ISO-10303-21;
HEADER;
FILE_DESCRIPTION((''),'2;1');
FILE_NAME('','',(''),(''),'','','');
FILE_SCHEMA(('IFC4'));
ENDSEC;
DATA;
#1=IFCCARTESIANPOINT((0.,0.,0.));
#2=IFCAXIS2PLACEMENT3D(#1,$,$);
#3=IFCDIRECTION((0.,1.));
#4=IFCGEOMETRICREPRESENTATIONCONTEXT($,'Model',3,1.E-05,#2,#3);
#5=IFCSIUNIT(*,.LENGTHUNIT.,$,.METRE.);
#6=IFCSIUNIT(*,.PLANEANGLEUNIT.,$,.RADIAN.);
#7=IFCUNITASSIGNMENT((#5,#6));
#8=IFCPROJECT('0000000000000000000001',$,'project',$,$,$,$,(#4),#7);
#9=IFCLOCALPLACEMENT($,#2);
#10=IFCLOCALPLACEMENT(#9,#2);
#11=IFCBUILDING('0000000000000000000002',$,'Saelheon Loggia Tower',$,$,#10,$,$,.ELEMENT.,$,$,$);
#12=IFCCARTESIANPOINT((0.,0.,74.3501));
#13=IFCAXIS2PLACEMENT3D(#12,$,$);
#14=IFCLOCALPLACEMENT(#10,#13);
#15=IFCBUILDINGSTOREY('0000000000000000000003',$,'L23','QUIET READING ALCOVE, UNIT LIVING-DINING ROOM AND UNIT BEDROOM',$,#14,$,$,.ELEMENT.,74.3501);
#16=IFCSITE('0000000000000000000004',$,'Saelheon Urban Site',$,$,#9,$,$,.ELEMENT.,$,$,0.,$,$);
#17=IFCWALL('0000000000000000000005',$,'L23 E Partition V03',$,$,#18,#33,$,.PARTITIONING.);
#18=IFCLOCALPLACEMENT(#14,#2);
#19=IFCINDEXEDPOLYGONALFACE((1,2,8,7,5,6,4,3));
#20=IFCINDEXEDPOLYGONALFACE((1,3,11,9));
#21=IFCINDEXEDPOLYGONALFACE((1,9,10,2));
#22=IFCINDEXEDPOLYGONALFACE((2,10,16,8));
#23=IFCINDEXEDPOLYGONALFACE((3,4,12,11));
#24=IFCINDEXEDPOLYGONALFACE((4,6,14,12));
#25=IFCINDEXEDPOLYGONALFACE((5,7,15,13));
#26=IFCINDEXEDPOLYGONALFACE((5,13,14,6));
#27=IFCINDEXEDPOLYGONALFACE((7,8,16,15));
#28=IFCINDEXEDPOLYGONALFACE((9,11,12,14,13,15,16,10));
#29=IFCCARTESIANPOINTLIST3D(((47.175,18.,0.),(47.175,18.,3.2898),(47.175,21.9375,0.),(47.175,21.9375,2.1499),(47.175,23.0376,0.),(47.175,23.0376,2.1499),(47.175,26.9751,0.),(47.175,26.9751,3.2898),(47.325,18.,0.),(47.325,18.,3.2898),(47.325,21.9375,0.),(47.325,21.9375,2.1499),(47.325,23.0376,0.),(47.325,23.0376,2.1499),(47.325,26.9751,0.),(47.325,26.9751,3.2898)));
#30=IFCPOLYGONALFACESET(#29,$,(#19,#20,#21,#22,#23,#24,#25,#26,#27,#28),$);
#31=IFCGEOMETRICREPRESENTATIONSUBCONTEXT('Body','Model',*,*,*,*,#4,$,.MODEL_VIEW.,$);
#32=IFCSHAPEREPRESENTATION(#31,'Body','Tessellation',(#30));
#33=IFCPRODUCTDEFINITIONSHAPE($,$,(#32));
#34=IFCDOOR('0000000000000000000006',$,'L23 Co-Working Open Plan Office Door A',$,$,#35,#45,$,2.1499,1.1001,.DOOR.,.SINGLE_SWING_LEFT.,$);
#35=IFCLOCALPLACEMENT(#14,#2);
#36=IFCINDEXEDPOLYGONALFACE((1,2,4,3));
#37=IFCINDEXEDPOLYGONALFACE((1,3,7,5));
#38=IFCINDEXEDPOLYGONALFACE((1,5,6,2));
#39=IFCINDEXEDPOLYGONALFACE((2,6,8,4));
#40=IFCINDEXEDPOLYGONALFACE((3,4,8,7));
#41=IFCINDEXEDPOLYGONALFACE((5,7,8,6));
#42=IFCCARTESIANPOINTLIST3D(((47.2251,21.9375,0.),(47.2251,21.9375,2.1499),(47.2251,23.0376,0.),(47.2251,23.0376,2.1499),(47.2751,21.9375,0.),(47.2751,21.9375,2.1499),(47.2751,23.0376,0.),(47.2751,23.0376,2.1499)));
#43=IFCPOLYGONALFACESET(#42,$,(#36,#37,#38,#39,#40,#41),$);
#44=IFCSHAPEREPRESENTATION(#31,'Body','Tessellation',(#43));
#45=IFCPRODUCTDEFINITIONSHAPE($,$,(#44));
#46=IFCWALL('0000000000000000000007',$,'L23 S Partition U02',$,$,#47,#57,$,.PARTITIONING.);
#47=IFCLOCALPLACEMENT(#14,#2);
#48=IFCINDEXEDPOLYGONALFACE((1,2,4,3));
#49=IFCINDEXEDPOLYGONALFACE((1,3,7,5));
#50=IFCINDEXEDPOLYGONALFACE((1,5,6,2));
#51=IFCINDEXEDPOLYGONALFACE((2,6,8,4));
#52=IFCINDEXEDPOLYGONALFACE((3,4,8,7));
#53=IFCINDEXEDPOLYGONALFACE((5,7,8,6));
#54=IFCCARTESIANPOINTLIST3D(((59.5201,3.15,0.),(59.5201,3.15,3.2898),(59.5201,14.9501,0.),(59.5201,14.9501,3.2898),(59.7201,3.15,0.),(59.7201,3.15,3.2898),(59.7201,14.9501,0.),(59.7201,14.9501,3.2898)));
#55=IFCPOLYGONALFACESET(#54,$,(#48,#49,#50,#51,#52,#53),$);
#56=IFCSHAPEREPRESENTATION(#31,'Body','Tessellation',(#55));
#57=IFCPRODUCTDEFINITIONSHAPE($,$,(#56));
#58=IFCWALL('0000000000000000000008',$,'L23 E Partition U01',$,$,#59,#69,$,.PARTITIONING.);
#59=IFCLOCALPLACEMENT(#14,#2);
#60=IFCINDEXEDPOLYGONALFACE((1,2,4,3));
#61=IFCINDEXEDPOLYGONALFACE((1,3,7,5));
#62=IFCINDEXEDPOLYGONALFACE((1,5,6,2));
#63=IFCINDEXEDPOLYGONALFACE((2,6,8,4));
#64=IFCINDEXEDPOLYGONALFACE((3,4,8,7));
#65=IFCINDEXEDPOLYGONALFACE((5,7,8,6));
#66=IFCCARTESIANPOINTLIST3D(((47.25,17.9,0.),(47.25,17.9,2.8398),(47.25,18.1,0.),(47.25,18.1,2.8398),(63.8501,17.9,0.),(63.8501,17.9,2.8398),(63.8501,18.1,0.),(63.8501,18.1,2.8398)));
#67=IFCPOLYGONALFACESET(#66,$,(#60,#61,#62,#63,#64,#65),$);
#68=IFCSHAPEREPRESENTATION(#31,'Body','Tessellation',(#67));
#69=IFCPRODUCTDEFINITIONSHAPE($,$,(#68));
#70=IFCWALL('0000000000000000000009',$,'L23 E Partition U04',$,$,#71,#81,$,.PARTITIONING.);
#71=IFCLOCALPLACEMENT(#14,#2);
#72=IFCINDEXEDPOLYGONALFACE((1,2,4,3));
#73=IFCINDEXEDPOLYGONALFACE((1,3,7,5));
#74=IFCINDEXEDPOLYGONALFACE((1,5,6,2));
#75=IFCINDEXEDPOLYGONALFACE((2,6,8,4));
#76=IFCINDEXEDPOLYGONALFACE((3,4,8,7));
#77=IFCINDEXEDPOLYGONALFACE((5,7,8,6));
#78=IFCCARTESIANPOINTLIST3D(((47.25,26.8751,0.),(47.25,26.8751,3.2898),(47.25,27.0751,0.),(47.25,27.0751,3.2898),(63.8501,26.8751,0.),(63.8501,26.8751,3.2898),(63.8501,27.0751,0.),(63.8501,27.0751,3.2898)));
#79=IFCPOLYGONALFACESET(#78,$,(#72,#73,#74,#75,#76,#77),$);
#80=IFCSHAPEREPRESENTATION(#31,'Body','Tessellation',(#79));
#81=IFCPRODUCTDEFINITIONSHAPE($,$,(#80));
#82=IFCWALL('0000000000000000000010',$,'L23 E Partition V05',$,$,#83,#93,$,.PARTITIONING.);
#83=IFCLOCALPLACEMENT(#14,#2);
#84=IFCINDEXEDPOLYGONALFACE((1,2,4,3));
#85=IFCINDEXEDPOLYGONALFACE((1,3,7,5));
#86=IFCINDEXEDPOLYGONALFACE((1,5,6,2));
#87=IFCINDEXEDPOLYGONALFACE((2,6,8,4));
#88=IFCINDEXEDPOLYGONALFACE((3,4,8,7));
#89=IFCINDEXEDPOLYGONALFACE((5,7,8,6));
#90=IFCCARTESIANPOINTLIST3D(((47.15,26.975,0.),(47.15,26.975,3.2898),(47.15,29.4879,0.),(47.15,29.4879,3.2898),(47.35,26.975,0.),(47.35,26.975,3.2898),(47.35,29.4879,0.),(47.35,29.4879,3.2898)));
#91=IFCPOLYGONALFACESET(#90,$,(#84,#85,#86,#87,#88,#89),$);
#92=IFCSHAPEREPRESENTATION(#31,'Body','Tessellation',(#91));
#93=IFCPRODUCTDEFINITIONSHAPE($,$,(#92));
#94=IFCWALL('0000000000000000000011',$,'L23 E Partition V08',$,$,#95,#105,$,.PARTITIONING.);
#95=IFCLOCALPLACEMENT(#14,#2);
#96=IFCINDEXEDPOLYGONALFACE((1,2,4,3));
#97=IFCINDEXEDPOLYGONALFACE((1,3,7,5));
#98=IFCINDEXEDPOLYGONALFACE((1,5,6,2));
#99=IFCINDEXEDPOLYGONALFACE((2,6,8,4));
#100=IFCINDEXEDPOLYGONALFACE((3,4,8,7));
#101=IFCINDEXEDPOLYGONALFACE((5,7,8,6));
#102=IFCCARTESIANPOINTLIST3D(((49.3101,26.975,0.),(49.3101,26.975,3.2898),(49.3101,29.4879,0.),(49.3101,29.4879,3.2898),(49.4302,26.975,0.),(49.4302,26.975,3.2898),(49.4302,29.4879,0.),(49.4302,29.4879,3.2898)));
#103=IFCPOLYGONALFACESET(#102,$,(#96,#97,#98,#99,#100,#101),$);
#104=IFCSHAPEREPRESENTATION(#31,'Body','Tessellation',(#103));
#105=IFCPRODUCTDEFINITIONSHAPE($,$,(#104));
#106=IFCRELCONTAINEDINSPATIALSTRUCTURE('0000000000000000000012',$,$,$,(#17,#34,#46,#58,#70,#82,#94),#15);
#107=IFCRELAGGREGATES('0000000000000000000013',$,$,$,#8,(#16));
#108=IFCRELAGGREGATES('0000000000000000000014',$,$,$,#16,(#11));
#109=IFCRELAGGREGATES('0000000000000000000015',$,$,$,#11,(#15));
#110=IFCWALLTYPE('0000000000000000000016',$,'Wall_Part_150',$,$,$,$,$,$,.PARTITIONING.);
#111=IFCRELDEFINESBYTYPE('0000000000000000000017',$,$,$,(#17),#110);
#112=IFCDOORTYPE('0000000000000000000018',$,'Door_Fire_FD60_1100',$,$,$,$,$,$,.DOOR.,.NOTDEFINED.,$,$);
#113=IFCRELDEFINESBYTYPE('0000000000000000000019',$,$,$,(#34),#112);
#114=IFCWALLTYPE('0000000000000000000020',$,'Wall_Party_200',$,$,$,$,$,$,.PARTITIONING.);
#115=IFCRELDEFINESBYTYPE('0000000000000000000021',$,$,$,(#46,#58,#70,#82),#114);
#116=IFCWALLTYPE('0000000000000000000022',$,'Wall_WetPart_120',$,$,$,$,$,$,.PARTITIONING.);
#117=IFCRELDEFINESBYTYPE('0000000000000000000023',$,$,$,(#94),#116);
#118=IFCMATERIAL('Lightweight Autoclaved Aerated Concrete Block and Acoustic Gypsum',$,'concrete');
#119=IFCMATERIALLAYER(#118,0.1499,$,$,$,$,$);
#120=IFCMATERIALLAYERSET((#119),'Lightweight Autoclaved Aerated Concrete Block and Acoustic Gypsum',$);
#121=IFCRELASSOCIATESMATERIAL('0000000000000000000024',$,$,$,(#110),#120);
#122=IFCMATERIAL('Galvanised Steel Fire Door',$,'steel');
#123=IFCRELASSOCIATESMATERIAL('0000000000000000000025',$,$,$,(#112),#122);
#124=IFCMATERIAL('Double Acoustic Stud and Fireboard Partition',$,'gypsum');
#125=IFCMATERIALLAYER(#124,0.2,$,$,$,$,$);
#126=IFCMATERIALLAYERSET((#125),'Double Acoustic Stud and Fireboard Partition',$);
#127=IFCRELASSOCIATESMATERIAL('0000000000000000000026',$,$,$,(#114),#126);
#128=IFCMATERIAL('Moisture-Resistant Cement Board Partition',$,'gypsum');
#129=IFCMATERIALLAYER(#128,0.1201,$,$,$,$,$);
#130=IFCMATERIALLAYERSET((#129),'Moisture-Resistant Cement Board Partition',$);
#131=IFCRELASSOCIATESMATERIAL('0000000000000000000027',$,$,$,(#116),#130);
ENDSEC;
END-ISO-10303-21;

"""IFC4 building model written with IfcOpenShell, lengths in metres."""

from ifc_helpers import new_model, si_unit, direction, frame, frame_2d, origin, place, context, subcontext, project, spatial, rectangle, extrude, source, transform, mapped, material, layer, layer_set, type_object, element, fill, save


model = new_model("IFC4")

# Units and contexts
model_context = context("Model", 3, precision=1e-05, world=origin(), true_north=direction((0.0, 1.0)))
body_context = subcontext(model_context, "Body", "Model", "MODEL_VIEW")
ifc_project = project(units=[si_unit("LENGTHUNIT", "METRE"), si_unit("PLANEANGLEUNIT", "RADIAN")], contexts=[model_context])

# Site, building, storey
site_placement = place(None, origin())
site = spatial("IfcSite", under=ifc_project, at=site_placement, Name="Saelheon Urban Site", CompositionType="ELEMENT", RefElevation=0.0)
building_placement = place(site_placement, origin())
building = spatial("IfcBuilding", under=site, at=building_placement, Name="Saelheon Loggia Tower", CompositionType="ELEMENT")
storey_placement = place(building_placement, frame((0.0, 0.0, 74.3501)))
storey = spatial("IfcBuildingStorey", under=building, at=storey_placement, Name="L23", Description="QUIET READING ALCOVE, UNIT LIVING-DINING ROOM AND UNIT BEDROOM", CompositionType="ELEMENT", Elevation=74.3501)

# Wall, opening, door
ifc_material_1 = material(Name="Lightweight Autoclaved Aerated Concrete Block and Acoustic Gypsum", Category="concrete")
ifc_layer_1 = layer(ifc_material_1, 0.1499)
ifc_layer_set_1 = layer_set([ifc_layer_1], Name="Lightweight Autoclaved Aerated Concrete Block and Acoustic Gypsum")
wall_type_1 = type_object("IfcWallType", Name="Wall_Part_150", PredefinedType="PARTITIONING", material=ifc_layer_set_1)
ifc_material_2 = material(Name="Galvanised Steel Fire Door", Category="steel")
door_type = type_object("IfcDoorType", Name="Door_Fire_FD60_1100", OperationType="NOTDEFINED", PredefinedType="DOOR", material=ifc_material_2)
shared_shape_1 = source(origin(), body_context, "Body", "SweptSolid", [
    extrude(rectangle(XDim=1.1001, YDim=2.1499, at=frame_2d((0.55, 1.075))), frame((0.0, 0.0249, 0.0), z_axis=(0.0, -1.0, 0.0), x_axis=(1.0, 0.0, 0.0)), (0.0, 0.0, 1.0), 0.05),
])
wall_1_placement = place(storey_placement, frame((47.25, 18.0, 0.0), z_axis=(0.0, 0.0, 1.0), x_axis=(0.0, 1.0, 0.0)))
wall_1 = element("IfcWall", 1, at=wall_1_placement, inside=storey, type_object=wall_type_1, Name="L23 E Partition V03", PredefinedType="PARTITIONING", context=body_context, shape_type="SweptSolid", body=[
    extrude(rectangle(XDim=8.9751, YDim=0.1499, at=frame_2d((4.4875, 0.0))), origin(), (0.0, 0.0, 1.0), 3.2898),
])
opening_1_placement = place(wall_1_placement, frame((3.9375, 0.0, 0.0)))
opening_1 = element("IfcOpeningElement", 2, at=opening_1_placement, cuts=wall_1, PredefinedType="OPENING", context=body_context, shape_type="SweptSolid", body=[
    extrude(rectangle(XDim=1.1001, YDim=2.1499, at=frame_2d((0.55, 1.075))), frame((0.0, 0.0869, 0.0), z_axis=(0.0, -1.0, 0.0), x_axis=(1.0, 0.0, 0.0)), (0.0, 0.0, 1.0), 0.1738),
])
door_1_placement = place(opening_1_placement, origin())
door_1 = element("IfcDoor", 3, at=door_1_placement, inside=storey, type_object=door_type, Name="L23 Co-Working Open Plan Office Door A", OperationType="SINGLE_SWING_LEFT", OverallHeight=2.1499, OverallWidth=1.1001, PredefinedType="DOOR", context=body_context, shape_type="MappedRepresentation", body=[
    mapped(shared_shape_1, transform((0.0, 0.0, 0.0), scale=1.0)),
])
fill(opening_1, door_1)

# Walls
ifc_material_3 = material(Name="Double Acoustic Stud and Fireboard Partition", Category="gypsum")
ifc_layer_2 = layer(ifc_material_3, 0.2)
ifc_layer_set_2 = layer_set([ifc_layer_2], Name="Double Acoustic Stud and Fireboard Partition")
wall_type_2 = type_object("IfcWallType", Name="Wall_Party_200", PredefinedType="PARTITIONING", material=ifc_layer_set_2)
wall_2_placement = place(storey_placement, frame((59.6201, 14.95, 0.0), z_axis=(0.0, 0.0, 1.0), x_axis=(0.0, -1.0, 0.0)))
element("IfcWall", 4, at=wall_2_placement, inside=storey, type_object=wall_type_2, Name="L23 S Partition U02", PredefinedType="PARTITIONING", context=body_context, shape_type="SweptSolid", body=[
    extrude(rectangle(XDim=11.8, YDim=0.2, at=frame_2d((5.8999, 0.0))), origin(), (0.0, 0.0, 1.0), 3.2898),
])
wall_3_placement = place(storey_placement, frame((47.25, 18.0, 0.0), z_axis=(0.0, 0.0, 1.0), x_axis=(1.0, 0.0, 0.0)))
element("IfcWall", 5, at=wall_3_placement, inside=storey, type_object=wall_type_2, Name="L23 E Partition U01", PredefinedType="PARTITIONING", context=body_context, shape_type="SweptSolid", body=[
    extrude(rectangle(XDim=16.6001, YDim=0.2, at=frame_2d((8.3, 0.0))), origin(), (0.0, 0.0, 1.0), 2.8398),
])
wall_4_placement = place(storey_placement, frame((47.25, 26.9751, 0.0), z_axis=(0.0, 0.0, 1.0), x_axis=(1.0, 0.0, 0.0)))
element("IfcWall", 6, at=wall_4_placement, inside=storey, type_object=wall_type_2, Name="L23 E Partition U04", PredefinedType="PARTITIONING", context=body_context, shape_type="SweptSolid", body=[
    extrude(rectangle(XDim=16.6001, YDim=0.2, at=frame_2d((8.3, 0.0))), origin(), (0.0, 0.0, 1.0), 3.2898),
])
wall_5_placement = place(storey_placement, frame((47.25, 26.9751, 0.0), z_axis=(0.0, 0.0, 1.0), x_axis=(0.0, 1.0, 0.0)))
element("IfcWall", 7, at=wall_5_placement, inside=storey, type_object=wall_type_2, Name="L23 E Partition V05", PredefinedType="PARTITIONING", context=body_context, shape_type="SweptSolid", body=[
    extrude(rectangle(XDim=2.5129, YDim=0.2, at=frame_2d((1.2563, 0.0))), origin(), (0.0, 0.0, 1.0), 3.2898),
])
ifc_material_4 = material(Name="Moisture-Resistant Cement Board Partition", Category="gypsum")
ifc_layer_3 = layer(ifc_material_4, 0.1201)
ifc_layer_set_3 = layer_set([ifc_layer_3], Name="Moisture-Resistant Cement Board Partition")
wall_type_3 = type_object("IfcWallType", Name="Wall_WetPart_120", PredefinedType="PARTITIONING", material=ifc_layer_set_3)
wall_6_placement = place(storey_placement, frame((49.3701, 26.9751, 0.0), z_axis=(0.0, 0.0, 1.0), x_axis=(0.0, 1.0, 0.0)))
element("IfcWall", 8, at=wall_6_placement, inside=storey, type_object=wall_type_3, Name="L23 E Partition V08", PredefinedType="PARTITIONING", context=body_context, shape_type="SweptSolid", body=[
    extrude(rectangle(XDim=2.5129, YDim=0.1201, at=frame_2d((1.2563, 0.0))), origin(), (0.0, 0.0, 1.0), 3.2898),
])

save(model, "model.ifc")
